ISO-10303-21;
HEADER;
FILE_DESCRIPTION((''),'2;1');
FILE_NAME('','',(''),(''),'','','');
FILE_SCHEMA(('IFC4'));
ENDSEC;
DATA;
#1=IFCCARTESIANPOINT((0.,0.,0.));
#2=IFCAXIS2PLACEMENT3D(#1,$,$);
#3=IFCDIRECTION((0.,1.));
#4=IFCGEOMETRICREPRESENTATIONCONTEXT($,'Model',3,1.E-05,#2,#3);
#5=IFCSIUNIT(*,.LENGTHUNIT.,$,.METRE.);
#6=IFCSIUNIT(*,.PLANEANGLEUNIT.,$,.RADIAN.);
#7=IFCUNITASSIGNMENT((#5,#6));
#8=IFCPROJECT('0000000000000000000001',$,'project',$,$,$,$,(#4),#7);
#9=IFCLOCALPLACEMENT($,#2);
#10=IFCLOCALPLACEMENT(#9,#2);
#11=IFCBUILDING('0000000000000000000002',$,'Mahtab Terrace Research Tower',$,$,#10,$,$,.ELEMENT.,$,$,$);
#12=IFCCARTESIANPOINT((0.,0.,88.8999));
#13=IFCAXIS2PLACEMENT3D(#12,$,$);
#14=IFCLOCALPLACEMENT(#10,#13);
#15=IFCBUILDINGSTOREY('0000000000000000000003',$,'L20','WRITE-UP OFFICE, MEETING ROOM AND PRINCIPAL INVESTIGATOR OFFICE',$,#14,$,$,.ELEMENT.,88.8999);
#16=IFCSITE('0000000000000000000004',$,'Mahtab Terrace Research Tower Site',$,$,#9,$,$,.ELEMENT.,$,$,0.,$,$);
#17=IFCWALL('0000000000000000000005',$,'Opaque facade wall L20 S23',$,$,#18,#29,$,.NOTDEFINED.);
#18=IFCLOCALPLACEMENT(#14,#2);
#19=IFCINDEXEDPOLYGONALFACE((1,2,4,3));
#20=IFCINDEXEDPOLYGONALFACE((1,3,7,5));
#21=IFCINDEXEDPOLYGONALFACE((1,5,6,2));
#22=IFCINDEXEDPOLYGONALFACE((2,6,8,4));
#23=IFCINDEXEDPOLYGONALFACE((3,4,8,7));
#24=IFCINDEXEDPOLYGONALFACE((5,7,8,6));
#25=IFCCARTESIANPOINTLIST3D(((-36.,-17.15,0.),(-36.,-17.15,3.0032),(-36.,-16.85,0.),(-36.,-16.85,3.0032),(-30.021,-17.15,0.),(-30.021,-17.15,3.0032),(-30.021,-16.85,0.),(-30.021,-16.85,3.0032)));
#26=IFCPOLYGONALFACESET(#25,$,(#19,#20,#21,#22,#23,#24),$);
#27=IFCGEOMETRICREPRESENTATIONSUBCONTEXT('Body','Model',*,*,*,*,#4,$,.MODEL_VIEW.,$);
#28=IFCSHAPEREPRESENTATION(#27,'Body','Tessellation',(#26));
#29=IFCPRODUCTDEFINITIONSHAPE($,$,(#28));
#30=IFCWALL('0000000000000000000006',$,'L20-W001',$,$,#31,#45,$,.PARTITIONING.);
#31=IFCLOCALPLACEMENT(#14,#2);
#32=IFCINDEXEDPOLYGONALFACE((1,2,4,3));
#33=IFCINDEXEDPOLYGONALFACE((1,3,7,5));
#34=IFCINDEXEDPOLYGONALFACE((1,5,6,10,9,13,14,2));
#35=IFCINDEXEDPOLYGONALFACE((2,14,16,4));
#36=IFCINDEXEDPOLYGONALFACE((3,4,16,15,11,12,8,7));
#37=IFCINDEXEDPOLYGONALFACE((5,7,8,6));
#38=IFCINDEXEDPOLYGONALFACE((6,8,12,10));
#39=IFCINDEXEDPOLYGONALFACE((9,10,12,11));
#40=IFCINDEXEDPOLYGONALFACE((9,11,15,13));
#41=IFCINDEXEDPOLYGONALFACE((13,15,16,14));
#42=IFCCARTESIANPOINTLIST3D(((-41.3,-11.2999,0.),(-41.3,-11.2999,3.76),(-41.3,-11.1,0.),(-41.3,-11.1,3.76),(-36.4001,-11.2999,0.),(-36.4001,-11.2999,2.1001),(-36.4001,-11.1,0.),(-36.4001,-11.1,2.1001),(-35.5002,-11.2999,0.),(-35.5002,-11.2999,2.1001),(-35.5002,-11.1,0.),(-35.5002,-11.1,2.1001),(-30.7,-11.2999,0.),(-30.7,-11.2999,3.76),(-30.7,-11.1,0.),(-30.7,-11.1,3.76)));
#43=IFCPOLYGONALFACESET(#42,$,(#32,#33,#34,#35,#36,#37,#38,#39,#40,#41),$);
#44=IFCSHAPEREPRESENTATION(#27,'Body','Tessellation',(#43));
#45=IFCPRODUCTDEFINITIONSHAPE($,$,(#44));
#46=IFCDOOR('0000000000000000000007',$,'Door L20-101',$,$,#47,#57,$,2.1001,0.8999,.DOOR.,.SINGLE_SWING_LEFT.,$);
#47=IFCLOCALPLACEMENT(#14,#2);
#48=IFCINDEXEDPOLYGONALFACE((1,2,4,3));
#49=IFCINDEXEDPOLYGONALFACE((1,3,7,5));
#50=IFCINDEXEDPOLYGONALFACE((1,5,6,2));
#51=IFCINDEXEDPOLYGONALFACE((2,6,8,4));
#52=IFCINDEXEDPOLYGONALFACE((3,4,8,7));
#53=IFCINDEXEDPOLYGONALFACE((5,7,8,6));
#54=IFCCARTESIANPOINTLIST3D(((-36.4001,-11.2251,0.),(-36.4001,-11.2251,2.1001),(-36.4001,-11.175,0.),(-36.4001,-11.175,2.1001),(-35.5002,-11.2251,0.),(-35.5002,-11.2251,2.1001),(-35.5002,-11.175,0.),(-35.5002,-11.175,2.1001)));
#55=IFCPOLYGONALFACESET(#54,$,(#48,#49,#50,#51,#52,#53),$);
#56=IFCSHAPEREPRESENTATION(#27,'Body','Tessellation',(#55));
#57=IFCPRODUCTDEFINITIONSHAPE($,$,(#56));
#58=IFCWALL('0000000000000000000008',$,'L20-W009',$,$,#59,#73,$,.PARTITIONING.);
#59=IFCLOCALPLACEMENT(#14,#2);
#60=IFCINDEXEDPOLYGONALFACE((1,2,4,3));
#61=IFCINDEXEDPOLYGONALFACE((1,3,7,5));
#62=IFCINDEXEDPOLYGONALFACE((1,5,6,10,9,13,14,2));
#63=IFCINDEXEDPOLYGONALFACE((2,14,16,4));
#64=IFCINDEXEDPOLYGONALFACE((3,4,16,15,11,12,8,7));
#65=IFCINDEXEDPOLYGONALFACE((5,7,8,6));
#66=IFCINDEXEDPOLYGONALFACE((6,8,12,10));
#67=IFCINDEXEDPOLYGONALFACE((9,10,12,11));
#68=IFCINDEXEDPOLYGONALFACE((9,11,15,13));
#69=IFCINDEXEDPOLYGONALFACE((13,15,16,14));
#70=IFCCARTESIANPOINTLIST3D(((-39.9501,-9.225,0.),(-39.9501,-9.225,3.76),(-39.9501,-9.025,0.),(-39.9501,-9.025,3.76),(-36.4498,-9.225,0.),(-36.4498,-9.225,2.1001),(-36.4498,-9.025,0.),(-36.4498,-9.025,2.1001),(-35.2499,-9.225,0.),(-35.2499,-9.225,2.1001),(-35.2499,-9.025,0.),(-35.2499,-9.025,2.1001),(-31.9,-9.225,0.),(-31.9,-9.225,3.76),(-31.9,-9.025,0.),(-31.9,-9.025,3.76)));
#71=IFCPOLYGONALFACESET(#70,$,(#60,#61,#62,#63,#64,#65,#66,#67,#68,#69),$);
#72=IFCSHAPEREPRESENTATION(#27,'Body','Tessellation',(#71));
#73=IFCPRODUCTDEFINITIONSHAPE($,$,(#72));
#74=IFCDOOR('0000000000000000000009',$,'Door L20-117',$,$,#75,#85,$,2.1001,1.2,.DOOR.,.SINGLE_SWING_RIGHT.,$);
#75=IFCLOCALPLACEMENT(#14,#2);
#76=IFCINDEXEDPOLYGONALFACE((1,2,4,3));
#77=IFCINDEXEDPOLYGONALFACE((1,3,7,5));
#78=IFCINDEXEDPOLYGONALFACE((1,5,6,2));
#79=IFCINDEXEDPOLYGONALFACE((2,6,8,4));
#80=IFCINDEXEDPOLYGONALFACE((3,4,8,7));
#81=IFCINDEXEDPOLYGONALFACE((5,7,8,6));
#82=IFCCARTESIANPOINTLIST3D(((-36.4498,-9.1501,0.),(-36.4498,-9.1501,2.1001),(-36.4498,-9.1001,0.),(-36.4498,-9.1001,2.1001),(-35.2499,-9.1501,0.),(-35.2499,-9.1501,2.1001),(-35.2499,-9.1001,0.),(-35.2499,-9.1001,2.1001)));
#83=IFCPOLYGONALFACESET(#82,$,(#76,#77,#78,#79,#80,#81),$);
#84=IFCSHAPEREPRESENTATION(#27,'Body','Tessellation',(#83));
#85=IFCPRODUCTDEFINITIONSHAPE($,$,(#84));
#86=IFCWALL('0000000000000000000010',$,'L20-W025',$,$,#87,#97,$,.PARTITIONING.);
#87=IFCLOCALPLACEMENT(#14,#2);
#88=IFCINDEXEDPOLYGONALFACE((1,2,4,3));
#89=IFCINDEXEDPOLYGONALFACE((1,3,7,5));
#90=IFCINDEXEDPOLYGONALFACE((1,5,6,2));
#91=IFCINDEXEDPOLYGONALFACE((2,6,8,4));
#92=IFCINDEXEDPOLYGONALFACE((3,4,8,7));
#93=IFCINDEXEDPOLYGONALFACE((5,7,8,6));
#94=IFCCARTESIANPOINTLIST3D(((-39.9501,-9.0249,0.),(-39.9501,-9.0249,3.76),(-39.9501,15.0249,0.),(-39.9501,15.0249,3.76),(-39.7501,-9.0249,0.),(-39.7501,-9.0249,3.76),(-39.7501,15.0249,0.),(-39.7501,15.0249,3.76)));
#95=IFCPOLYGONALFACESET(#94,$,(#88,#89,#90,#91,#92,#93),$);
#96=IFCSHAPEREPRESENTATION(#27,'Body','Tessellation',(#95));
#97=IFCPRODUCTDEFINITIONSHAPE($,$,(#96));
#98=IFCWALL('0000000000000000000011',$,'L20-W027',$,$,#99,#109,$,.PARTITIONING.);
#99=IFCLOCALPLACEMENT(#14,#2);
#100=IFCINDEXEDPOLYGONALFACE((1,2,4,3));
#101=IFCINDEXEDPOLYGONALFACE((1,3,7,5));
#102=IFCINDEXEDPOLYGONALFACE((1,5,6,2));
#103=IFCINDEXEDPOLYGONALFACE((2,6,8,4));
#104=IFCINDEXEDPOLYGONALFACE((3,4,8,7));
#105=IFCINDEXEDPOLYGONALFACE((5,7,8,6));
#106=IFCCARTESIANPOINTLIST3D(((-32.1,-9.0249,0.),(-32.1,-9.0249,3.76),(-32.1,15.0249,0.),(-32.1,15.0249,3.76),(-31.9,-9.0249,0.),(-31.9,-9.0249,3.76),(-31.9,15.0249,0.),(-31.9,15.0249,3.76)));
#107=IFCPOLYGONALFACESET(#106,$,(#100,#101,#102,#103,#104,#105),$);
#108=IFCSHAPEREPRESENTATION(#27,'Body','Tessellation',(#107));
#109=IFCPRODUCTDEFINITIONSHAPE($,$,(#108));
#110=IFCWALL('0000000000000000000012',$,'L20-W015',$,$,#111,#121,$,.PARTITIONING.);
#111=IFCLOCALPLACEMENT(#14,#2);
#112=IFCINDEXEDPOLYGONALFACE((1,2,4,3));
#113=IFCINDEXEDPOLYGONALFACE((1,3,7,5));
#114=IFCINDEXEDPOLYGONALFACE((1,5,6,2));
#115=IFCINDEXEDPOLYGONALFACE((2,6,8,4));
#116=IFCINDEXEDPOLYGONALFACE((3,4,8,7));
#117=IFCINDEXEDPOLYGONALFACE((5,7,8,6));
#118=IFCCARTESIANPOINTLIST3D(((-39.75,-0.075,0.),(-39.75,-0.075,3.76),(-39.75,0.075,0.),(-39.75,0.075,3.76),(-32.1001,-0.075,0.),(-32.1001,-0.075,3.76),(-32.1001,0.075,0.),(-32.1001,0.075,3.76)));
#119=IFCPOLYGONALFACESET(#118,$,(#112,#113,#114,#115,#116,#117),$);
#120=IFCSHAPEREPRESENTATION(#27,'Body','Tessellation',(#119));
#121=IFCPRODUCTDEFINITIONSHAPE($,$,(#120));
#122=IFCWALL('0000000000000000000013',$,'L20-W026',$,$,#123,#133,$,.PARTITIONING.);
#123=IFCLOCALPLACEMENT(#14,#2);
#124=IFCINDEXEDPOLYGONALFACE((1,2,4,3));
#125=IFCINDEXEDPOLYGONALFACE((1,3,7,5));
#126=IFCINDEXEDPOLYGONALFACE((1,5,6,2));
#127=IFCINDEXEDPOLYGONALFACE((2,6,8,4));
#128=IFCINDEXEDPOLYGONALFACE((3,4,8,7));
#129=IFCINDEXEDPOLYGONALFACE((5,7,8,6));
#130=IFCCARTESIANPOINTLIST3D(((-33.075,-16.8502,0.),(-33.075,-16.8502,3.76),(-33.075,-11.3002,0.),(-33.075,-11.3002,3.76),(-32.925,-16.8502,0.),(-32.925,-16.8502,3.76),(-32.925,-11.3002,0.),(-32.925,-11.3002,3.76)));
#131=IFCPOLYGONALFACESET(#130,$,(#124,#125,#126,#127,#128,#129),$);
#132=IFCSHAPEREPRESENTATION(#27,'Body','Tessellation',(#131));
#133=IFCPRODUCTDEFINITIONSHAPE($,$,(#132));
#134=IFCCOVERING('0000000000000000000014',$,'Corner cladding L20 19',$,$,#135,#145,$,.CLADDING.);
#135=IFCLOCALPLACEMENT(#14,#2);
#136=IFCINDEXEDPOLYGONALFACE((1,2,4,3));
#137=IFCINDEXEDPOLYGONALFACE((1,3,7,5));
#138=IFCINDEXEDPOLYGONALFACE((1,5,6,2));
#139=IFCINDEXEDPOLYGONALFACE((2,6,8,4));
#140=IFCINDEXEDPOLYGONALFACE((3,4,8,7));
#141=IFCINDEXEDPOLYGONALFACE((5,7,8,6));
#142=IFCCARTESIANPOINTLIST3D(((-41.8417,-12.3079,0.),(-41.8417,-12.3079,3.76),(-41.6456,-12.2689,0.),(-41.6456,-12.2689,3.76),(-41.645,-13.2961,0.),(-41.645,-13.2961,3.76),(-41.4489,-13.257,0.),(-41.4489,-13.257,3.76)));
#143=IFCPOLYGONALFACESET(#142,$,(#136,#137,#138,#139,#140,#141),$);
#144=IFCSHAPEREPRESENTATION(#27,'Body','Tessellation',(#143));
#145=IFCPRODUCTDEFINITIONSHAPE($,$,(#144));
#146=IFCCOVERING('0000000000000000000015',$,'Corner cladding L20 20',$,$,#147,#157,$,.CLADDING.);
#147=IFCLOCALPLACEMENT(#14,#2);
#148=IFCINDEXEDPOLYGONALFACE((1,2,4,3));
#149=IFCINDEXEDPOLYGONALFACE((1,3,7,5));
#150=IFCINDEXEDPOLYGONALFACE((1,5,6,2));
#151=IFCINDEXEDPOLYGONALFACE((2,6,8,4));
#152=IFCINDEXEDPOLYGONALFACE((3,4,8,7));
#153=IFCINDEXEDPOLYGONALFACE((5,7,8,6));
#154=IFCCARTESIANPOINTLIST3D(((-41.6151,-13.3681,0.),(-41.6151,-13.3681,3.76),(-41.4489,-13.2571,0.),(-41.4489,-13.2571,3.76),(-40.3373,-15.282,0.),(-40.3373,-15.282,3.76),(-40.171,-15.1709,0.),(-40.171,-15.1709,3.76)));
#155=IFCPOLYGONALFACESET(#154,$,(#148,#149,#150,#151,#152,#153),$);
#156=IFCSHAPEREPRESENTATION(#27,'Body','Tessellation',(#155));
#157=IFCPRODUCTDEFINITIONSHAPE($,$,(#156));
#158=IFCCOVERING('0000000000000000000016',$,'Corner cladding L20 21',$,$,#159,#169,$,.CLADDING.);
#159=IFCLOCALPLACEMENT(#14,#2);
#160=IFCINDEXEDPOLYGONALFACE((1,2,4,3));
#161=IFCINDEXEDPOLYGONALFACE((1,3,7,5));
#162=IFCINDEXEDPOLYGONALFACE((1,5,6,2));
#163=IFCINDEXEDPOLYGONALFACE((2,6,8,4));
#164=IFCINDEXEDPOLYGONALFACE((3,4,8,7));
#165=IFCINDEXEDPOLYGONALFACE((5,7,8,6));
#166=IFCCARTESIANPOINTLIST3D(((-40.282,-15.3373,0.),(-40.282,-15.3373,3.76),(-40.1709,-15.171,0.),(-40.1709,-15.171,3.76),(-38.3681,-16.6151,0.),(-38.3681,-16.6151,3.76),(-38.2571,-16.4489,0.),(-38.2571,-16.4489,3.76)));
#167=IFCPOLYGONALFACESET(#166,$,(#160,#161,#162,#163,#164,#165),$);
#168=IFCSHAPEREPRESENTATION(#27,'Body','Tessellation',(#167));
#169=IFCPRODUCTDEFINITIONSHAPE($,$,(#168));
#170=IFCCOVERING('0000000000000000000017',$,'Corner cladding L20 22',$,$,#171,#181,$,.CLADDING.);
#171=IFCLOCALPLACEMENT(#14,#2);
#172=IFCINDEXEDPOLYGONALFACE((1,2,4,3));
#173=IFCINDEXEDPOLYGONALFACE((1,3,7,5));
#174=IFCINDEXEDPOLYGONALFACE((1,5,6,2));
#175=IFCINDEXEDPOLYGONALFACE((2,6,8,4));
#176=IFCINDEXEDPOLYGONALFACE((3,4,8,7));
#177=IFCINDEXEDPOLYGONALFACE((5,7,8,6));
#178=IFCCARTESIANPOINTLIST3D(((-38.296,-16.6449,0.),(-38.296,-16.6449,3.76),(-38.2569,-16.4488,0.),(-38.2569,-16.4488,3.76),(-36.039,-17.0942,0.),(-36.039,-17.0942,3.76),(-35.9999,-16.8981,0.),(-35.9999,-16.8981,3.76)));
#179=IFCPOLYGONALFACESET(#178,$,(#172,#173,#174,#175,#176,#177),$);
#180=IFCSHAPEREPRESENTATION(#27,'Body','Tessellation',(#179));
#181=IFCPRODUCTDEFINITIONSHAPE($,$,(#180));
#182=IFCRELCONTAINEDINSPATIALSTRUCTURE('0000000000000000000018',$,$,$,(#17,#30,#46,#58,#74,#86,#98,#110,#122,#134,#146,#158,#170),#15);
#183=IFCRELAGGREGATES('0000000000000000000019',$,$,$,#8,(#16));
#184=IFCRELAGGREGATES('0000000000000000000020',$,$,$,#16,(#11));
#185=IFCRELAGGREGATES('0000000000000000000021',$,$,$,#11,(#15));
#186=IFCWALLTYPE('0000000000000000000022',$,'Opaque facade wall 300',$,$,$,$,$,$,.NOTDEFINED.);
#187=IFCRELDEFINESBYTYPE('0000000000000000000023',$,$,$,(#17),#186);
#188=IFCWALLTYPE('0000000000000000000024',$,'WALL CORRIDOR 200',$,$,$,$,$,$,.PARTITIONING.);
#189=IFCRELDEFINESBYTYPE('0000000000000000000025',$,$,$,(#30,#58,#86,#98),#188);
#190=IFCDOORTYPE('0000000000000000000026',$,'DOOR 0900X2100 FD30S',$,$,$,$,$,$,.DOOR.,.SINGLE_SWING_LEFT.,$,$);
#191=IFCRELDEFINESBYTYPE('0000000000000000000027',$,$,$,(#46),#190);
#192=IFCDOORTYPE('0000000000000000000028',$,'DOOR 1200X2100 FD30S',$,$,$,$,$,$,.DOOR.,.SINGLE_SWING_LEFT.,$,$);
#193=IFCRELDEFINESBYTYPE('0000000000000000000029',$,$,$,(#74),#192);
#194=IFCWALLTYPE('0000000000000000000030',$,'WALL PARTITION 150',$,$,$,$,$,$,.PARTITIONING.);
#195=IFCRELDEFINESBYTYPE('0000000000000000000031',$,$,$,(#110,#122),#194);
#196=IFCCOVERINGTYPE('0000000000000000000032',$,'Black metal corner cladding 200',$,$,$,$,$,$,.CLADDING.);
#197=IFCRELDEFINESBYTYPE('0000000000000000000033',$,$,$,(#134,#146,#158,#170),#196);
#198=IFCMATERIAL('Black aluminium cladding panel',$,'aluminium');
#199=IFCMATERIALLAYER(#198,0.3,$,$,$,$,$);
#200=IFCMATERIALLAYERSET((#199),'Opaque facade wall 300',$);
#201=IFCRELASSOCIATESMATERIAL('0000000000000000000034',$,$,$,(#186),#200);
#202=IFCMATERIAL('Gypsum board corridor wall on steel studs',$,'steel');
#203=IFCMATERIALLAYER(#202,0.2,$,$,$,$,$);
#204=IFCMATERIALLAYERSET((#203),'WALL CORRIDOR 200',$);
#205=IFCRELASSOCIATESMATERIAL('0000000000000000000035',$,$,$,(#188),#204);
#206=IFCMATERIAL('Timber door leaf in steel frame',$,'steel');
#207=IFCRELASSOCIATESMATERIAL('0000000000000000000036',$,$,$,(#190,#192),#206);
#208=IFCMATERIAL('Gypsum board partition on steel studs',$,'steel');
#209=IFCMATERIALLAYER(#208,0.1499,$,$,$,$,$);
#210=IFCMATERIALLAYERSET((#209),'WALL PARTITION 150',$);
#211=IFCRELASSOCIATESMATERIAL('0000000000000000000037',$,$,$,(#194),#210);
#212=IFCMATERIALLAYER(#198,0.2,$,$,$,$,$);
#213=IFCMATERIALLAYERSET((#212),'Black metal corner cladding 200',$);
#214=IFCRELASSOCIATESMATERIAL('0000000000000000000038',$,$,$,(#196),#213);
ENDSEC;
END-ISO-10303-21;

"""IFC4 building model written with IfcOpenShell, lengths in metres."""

from ifc_helpers import new_model, si_unit, direction, frame, frame_2d, origin, origin_2d, place, context, subcontext, project, spatial, rectangle, extrude, material, layer, layer_set, type_object, element, fill, save


model = new_model("IFC4")

# Units and contexts
model_context = context("Model", 3, precision=1e-05, world=origin(), true_north=direction((0.0, 1.0)))
body_context = subcontext(model_context, "Body", "Model", "MODEL_VIEW")
ifc_project = project(units=[si_unit("LENGTHUNIT", "METRE"), si_unit("PLANEANGLEUNIT", "RADIAN")], contexts=[model_context])

# Site, building, storey
site_placement = place(None, origin())
site = spatial("IfcSite", under=ifc_project, at=site_placement, Name="Mahtab Terrace Research Tower Site", CompositionType="ELEMENT", RefElevation=0.0)
building_placement = place(site_placement, origin())
building = spatial("IfcBuilding", under=site, at=building_placement, Name="Mahtab Terrace Research Tower", CompositionType="ELEMENT")
storey_placement = place(building_placement, frame((0.0, 0.0, 88.8999)))
storey = spatial("IfcBuildingStorey", under=building, at=storey_placement, Name="L20", Description="WRITE-UP OFFICE, MEETING ROOM AND PRINCIPAL INVESTIGATOR OFFICE", CompositionType="ELEMENT", Elevation=88.8999)

# Wall
ifc_material_1 = material(Name="Black aluminium cladding panel", Category="aluminium")
ifc_layer_1 = layer(ifc_material_1, 0.3)
ifc_layer_set_1 = layer_set([ifc_layer_1], Name="Opaque facade wall 300")
wall_type_1 = type_object("IfcWallType", Name="Opaque facade wall 300", PredefinedType="NOTDEFINED", material=ifc_layer_set_1)
wall_1_placement = place(storey_placement, frame((-36.0, -17.0, 0.0), z_axis=(0.0, 0.0, 1.0), x_axis=(1.0, 0.0, 0.0)))
element("IfcWall", 1, at=wall_1_placement, inside=storey, type_object=wall_type_1, Name="Opaque facade wall L20 S23", PredefinedType="NOTDEFINED", context=body_context, shape_type="SweptSolid", body=[
    extrude(rectangle(XDim=5.979, YDim=0.3, at=frame_2d((2.9895, 0.0))), origin(), (0.0, 0.0, 1.0), 3.0032),
])

# Walls, openings, doors
ifc_material_2 = material(Name="Gypsum board corridor wall on steel studs", Category="steel")
ifc_layer_2 = layer(ifc_material_2, 0.2)
ifc_layer_set_2 = layer_set([ifc_layer_2], Name="WALL CORRIDOR 200")
wall_type_2 = type_object("IfcWallType", Name="WALL CORRIDOR 200", PredefinedType="PARTITIONING", material=ifc_layer_set_2)
wall_2_placement = place(storey_placement, frame((-41.3, -11.2, 0.0), z_axis=(0.0, 0.0, 1.0), x_axis=(1.0, 0.0, 0.0)))
wall_2 = element("IfcWall", 2, at=wall_2_placement, inside=storey, type_object=wall_type_2, Name="L20-W001", PredefinedType="PARTITIONING", context=body_context, shape_type="SweptSolid", body=[
    extrude(rectangle(XDim=10.6001, YDim=0.2, at=frame_2d((5.3, 0.0))), origin(), (0.0, 0.0, 1.0), 3.76),
])
opening_1_placement = place(wall_2_placement, frame((4.8999, 0.0, 0.0)))
opening_1 = element("IfcOpeningElement", 3, at=opening_1_placement, cuts=wall_2, PredefinedType="OPENING", context=body_context, shape_type="SweptSolid", body=[
    extrude(rectangle(XDim=0.8999, YDim=2.1001, at=frame_2d((0.45, 1.05))), frame((0.0, 0.1099, 0.0), z_axis=(0.0, -1.0, 0.0), x_axis=(1.0, 0.0, 0.0)), (0.0, 0.0, 1.0), 0.22),
])
ifc_material_3 = material(Name="Timber door leaf in steel frame", Category="steel")
door_type_1 = type_object("IfcDoorType", Name="DOOR 0900X2100 FD30S", OperationType="SINGLE_SWING_LEFT", PredefinedType="DOOR", material=ifc_material_3)
door_1_placement = place(opening_1_placement, origin())
door_1 = element("IfcDoor", 4, at=door_1_placement, inside=storey, type_object=door_type_1, Name="Door L20-101", OperationType="SINGLE_SWING_LEFT", OverallHeight=2.1001, OverallWidth=0.8999, PredefinedType="DOOR", context=body_context, shape_type="SweptSolid", body=[
    extrude(rectangle(XDim=0.8999, YDim=2.1001, at=frame_2d((0.45, 1.05))), frame((0.0, 0.0249, 0.0), z_axis=(0.0, -1.0, 0.0), x_axis=(1.0, 0.0, 0.0)), (0.0, 0.0, 1.0), 0.05),
])
fill(opening_1, door_1)
wall_3_placement = place(storey_placement, frame((-39.95, -9.125, 0.0), z_axis=(0.0, 0.0, 1.0), x_axis=(1.0, 0.0, 0.0)))
wall_3 = element("IfcWall", 5, at=wall_3_placement, inside=storey, type_object=wall_type_2, Name="L20-W009", PredefinedType="PARTITIONING", context=body_context, shape_type="SweptSolid", body=[
    extrude(rectangle(XDim=8.05, YDim=0.2, at=frame_2d((4.0249, 0.0))), origin(), (0.0, 0.0, 1.0), 3.76),
])
opening_2_placement = place(wall_3_placement, frame((3.5, 0.0, 0.0)))
opening_2 = element("IfcOpeningElement", 6, at=opening_2_placement, cuts=wall_3, PredefinedType="OPENING", context=body_context, shape_type="SweptSolid", body=[
    extrude(rectangle(XDim=1.2, YDim=2.1001, at=frame_2d((0.6001, 1.05))), frame((0.0, 0.1099, 0.0), z_axis=(0.0, -1.0, 0.0), x_axis=(1.0, 0.0, 0.0)), (0.0, 0.0, 1.0), 0.22),
])
door_type_2 = type_object("IfcDoorType", Name="DOOR 1200X2100 FD30S", OperationType="SINGLE_SWING_LEFT", PredefinedType="DOOR", material=ifc_material_3)
door_2_placement = place(opening_2_placement, origin())
door_2 = element("IfcDoor", 7, at=door_2_placement, inside=storey, type_object=door_type_2, Name="Door L20-117", OperationType="SINGLE_SWING_RIGHT", OverallHeight=2.1001, OverallWidth=1.2, PredefinedType="DOOR", context=body_context, shape_type="SweptSolid", body=[
    extrude(rectangle(XDim=1.2, YDim=2.1001, at=frame_2d((0.6001, 1.05))), frame((0.0, 0.0249, 0.0), z_axis=(0.0, -1.0, 0.0), x_axis=(1.0, 0.0, 0.0)), (0.0, 0.0, 1.0), 0.05),
])
fill(opening_2, door_2)

# Walls
for number, where, z_axis, x_axis, name in (
    (8, (-39.8501, -9.0249, 0.0), (0.0, 0.0, 1.0), (0.0, 1.0, 0.0), "L20-W025"),
    (9, (-32.0, -9.0249, 0.0), (0.0, 0.0, 1.0), (0.0, 1.0, 0.0), "L20-W027"),
):
    element("IfcWall", number, at=place(storey_placement, frame(where, z_axis=z_axis, x_axis=x_axis)), inside=storey, type_object=wall_type_2, Name=name, PredefinedType="PARTITIONING", context=body_context, shape_type="SweptSolid", body=[
        extrude(rectangle(XDim=24.0498, YDim=0.2, at=frame_2d((12.0249, 0.0))), origin(), (0.0, 0.0, 1.0), 3.76),
    ])
ifc_material_4 = material(Name="Gypsum board partition on steel studs", Category="steel")
ifc_layer_3 = layer(ifc_material_4, 0.1499)
ifc_layer_set_3 = layer_set([ifc_layer_3], Name="WALL PARTITION 150")
wall_type_3 = type_object("IfcWallType", Name="WALL PARTITION 150", PredefinedType="PARTITIONING", material=ifc_layer_set_3)
wall_4_placement = place(storey_placement, frame((-39.75, 0.0, 0.0), z_axis=(0.0, 0.0, 1.0), x_axis=(1.0, 0.0, 0.0)))
element("IfcWall", 10, at=wall_4_placement, inside=storey, type_object=wall_type_3, Name="L20-W015", PredefinedType="PARTITIONING", context=body_context, shape_type="SweptSolid", body=[
    extrude(rectangle(XDim=7.6499, YDim=0.1499, at=frame_2d((3.825, 0.0))), origin(), (0.0, 0.0, 1.0), 3.76),
])
wall_5_placement = place(storey_placement, frame((-33.0, -16.8501, 0.0), z_axis=(0.0, 0.0, 1.0), x_axis=(0.0, 1.0, 0.0)))
element("IfcWall", 11, at=wall_5_placement, inside=storey, type_object=wall_type_3, Name="L20-W026", PredefinedType="PARTITIONING", context=body_context, shape_type="SweptSolid", body=[
    extrude(rectangle(XDim=5.55, YDim=0.1499, at=frame_2d((2.7749, 0.0))), origin(), (0.0, 0.0, 1.0), 3.76),
])

# Coverings
ifc_layer_4 = layer(ifc_material_1, 0.2)
ifc_layer_set_4 = layer_set([ifc_layer_4], Name="Black metal corner cladding 200")
covering_type = type_object("IfcCoveringType", Name="Black metal corner cladding 200", PredefinedType="CLADDING", material=ifc_layer_set_4)
covering_placement = place(storey_placement, frame((-41.6453, -12.7825, 0.0), z_axis=(0.0, 0.0, 1.0), x_axis=(0.195212, -0.980761, 0.0)))
element("IfcCovering", 12, at=covering_placement, inside=storey, type_object=covering_type, Name="Corner cladding L20 19", PredefinedType="CLADDING", context=body_context, shape_type="SweptSolid", body=[
    extrude(rectangle(XDim=1.0076, YDim=0.2, at=origin_2d()), origin(), (0.0, 0.0, 1.0), 3.76),
])
for number, where, z_axis, x_axis, name in (
    (13, (-40.8931, -14.2695, 0.0), (0.0, 0.0, 1.0), (0.555291, -0.831656, 0.0), "Corner cladding L20 20"),
    (14, (-39.2695, -15.8931, 0.0), (0.0, 0.0, 1.0), (0.831656, -0.555291, 0.0), "Corner cladding L20 21"),
    (15, (-37.1479, -16.7715, 0.0), (0.0, 0.0, 1.0), (0.980761, -0.195212, 0.0), "Corner cladding L20 22"),
):
    element("IfcCovering", number, at=place(storey_placement, frame(where, z_axis=z_axis, x_axis=x_axis)), inside=storey, type_object=covering_type, Name=name, PredefinedType="CLADDING", context=body_context, shape_type="SweptSolid", body=[
        extrude(rectangle(XDim=2.3013, YDim=0.2, at=origin_2d()), origin(), (0.0, 0.0, 1.0), 3.76),
    ])

save(model, "model.ifc")
